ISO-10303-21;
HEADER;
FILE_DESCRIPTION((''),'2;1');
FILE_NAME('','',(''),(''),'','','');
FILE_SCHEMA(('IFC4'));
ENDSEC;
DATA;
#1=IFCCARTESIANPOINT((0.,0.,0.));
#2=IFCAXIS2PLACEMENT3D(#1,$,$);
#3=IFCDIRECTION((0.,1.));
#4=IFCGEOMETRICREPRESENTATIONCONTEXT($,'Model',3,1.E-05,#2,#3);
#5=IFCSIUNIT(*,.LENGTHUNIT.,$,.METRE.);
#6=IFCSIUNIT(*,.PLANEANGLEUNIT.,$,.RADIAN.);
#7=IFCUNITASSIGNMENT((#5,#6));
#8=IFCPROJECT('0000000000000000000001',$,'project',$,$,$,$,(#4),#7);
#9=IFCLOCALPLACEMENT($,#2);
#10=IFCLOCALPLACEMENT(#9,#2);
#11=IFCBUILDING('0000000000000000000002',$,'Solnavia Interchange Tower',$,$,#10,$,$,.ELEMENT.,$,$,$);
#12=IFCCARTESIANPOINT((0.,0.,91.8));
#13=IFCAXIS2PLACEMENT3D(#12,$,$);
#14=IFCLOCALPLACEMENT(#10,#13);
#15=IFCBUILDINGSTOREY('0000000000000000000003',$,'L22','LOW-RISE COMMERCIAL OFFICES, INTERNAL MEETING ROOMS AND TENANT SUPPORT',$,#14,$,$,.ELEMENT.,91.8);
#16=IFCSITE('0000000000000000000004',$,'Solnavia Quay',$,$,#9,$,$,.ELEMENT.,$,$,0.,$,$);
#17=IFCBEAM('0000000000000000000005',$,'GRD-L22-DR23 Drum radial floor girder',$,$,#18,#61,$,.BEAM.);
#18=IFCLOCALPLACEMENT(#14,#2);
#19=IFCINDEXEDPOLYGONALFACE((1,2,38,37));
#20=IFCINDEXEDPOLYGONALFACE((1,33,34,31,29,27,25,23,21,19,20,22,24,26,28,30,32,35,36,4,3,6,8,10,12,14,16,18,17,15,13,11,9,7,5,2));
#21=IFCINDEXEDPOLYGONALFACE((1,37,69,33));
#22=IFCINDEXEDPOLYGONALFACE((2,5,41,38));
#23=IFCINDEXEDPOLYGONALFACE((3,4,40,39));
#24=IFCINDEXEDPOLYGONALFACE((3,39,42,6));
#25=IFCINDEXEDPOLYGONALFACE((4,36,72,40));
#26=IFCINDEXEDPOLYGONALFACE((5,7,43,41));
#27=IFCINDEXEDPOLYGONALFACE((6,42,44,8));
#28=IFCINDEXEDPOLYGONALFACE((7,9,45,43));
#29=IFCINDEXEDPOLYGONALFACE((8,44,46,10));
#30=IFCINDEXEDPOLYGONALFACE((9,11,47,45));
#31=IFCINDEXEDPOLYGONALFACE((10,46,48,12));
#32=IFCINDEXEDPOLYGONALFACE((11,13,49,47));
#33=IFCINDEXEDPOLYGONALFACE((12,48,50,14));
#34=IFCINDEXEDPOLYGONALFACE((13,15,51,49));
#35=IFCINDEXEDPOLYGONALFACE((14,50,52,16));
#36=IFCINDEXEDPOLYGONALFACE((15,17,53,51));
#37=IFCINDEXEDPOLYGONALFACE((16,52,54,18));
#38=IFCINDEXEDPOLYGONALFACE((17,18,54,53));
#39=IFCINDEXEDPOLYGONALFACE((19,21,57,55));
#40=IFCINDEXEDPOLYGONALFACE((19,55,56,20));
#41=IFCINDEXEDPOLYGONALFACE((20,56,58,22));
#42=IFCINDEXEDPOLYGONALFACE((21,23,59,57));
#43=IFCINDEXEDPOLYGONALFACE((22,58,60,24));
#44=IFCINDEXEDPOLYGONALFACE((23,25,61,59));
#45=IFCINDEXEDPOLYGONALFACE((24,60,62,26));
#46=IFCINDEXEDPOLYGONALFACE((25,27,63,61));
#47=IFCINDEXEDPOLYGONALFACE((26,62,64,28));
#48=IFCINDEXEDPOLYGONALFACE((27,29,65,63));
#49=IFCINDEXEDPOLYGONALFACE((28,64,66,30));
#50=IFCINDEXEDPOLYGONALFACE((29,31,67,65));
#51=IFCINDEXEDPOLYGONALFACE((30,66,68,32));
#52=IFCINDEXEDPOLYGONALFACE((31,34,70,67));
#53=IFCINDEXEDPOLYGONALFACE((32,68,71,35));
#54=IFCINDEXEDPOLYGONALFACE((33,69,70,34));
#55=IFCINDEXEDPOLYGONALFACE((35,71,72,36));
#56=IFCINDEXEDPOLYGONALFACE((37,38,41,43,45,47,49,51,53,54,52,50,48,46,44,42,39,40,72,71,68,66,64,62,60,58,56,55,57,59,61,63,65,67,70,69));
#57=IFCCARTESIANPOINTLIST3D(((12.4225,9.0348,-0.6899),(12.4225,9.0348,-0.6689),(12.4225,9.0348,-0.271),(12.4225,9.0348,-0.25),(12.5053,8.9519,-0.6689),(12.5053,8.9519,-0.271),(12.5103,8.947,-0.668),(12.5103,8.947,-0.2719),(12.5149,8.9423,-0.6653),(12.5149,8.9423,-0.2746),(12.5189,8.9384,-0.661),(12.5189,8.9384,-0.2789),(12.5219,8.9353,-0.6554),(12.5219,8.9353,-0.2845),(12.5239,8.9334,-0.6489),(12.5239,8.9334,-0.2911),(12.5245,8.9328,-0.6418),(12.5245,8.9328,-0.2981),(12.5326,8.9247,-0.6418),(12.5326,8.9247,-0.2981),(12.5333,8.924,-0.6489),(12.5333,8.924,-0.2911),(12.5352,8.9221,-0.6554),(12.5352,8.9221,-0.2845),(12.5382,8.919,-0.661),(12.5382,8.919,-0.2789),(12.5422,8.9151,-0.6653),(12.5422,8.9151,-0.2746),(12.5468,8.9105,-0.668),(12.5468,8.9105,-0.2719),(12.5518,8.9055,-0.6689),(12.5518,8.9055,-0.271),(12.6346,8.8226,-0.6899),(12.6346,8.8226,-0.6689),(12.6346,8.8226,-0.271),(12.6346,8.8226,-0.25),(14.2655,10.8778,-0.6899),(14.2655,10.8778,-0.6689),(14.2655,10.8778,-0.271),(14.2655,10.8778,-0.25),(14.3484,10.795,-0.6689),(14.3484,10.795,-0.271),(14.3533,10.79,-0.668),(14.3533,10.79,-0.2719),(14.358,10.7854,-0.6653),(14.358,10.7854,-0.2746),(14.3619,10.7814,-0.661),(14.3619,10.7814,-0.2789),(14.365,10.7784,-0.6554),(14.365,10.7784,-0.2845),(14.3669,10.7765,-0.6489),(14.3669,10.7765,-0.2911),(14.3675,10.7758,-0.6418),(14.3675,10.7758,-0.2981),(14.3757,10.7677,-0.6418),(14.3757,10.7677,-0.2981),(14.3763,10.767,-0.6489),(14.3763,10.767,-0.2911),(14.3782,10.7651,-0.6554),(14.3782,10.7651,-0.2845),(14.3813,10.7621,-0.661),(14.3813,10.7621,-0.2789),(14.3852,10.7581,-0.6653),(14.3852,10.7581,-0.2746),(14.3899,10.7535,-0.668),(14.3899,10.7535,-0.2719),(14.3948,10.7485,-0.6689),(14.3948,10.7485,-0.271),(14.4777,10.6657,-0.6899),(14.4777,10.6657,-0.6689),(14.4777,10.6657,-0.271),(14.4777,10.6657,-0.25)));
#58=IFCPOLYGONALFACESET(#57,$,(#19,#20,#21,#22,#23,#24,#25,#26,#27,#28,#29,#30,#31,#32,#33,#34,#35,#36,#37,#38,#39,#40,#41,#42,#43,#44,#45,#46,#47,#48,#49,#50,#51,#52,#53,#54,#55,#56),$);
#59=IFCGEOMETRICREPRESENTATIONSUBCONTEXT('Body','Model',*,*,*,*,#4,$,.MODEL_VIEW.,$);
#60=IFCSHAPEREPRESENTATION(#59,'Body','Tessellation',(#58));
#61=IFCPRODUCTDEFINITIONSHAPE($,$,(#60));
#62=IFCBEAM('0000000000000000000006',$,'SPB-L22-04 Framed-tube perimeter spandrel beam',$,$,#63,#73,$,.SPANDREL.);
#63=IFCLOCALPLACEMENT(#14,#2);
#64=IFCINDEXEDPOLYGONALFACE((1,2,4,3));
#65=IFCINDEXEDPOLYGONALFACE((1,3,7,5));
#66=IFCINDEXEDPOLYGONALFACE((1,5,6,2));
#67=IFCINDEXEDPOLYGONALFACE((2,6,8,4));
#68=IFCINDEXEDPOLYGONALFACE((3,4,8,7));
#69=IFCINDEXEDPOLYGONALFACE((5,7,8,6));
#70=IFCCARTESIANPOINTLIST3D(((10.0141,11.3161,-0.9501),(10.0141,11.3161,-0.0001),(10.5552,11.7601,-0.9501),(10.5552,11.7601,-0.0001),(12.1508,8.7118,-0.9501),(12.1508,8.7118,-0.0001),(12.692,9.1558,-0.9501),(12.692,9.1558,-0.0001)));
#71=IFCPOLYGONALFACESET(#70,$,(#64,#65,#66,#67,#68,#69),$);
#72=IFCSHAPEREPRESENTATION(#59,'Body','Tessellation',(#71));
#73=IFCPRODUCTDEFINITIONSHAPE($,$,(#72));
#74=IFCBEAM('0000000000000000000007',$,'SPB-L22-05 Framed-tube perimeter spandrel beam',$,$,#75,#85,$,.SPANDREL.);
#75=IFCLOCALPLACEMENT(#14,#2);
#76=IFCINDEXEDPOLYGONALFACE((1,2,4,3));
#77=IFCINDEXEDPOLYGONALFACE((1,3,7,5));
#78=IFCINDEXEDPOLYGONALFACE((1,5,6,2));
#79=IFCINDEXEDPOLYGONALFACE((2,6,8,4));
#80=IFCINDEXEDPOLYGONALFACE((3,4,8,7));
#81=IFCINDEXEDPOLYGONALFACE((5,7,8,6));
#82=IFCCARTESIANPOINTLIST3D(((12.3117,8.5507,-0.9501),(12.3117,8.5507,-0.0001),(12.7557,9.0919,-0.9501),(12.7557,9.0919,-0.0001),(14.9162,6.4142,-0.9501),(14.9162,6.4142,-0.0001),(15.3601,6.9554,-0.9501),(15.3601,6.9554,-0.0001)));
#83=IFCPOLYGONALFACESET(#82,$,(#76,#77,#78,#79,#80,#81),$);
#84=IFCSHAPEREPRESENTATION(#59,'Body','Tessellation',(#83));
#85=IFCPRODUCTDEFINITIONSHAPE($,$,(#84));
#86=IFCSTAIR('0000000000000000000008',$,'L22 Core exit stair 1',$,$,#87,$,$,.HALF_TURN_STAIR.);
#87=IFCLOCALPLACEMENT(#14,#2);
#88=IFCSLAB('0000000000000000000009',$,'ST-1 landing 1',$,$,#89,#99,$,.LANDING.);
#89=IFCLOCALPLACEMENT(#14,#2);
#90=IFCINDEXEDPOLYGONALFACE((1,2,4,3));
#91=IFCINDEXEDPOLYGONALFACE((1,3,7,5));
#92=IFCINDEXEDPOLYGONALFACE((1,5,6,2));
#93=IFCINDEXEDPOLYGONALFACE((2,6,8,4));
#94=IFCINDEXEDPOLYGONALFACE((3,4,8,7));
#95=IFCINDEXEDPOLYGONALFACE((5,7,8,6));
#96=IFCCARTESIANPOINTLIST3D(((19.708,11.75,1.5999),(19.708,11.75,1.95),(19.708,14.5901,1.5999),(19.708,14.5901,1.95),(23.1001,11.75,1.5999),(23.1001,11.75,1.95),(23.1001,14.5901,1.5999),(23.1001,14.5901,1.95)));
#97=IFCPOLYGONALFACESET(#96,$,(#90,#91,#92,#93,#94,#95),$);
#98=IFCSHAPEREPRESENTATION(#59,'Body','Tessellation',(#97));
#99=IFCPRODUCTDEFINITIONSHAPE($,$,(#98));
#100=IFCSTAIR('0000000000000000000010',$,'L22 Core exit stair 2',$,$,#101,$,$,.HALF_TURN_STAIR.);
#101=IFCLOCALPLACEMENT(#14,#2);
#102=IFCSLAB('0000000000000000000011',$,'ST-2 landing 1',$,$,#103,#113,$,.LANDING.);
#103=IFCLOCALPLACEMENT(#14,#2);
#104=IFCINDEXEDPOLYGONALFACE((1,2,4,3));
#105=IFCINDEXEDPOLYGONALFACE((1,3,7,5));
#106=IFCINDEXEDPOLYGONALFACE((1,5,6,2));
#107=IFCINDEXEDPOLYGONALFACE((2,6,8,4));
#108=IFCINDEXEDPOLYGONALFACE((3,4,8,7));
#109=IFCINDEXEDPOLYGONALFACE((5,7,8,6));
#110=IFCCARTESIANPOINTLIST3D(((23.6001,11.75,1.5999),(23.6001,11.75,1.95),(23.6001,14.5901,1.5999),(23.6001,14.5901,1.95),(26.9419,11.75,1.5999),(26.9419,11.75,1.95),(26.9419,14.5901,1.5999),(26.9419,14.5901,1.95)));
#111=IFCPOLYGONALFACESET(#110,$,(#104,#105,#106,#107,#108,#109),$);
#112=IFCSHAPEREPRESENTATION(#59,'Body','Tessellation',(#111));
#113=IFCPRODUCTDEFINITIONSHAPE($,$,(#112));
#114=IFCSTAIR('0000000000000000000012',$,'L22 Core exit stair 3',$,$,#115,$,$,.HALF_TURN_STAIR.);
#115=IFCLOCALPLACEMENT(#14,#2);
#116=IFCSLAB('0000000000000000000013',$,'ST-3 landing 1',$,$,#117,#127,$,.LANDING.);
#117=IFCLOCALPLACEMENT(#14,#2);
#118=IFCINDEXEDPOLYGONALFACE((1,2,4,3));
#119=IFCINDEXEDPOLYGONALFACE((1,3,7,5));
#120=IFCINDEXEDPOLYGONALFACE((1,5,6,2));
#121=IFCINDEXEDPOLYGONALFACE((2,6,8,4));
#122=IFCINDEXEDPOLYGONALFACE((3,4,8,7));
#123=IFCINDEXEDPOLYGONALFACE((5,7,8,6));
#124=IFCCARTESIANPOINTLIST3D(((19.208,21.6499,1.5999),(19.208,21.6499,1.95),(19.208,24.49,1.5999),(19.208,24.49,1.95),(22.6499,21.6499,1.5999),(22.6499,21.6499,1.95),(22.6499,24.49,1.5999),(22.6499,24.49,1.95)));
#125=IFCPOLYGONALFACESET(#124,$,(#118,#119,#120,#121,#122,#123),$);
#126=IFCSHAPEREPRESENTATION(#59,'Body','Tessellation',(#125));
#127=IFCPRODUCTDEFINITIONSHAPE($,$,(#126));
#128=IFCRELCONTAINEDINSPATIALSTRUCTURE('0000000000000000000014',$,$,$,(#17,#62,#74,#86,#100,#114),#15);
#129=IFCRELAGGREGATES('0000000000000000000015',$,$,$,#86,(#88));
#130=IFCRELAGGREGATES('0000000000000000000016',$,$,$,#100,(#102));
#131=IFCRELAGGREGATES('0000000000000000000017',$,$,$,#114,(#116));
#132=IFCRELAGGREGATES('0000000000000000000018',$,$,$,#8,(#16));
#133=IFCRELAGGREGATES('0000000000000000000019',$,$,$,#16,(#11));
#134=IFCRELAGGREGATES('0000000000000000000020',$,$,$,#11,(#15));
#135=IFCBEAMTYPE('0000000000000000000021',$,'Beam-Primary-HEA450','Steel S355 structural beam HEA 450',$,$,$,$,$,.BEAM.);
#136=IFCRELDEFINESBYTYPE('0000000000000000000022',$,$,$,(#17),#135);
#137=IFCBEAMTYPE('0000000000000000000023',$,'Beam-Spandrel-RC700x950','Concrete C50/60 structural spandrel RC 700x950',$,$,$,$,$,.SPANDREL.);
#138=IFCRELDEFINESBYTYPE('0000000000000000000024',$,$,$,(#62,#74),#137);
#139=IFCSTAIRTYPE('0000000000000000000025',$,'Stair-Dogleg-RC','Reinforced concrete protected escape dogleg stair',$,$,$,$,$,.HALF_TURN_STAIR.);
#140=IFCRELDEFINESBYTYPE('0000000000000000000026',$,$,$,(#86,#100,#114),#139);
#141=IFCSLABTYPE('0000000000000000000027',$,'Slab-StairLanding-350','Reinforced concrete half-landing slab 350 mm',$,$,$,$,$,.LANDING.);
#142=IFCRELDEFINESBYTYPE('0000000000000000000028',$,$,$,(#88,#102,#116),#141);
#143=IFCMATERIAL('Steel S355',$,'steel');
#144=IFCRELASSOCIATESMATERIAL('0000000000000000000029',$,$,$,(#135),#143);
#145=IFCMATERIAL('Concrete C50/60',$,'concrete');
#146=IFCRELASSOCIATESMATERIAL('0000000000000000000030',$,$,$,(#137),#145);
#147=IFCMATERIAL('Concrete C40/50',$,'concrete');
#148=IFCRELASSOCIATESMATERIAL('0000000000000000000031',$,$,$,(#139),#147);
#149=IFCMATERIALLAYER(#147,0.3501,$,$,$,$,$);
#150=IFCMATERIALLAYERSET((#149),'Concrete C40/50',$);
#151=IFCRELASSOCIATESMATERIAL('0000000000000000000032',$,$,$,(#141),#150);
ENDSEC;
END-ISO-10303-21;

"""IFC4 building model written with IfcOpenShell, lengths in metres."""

from ifc_helpers import new_model, si_unit, direction, frame, origin, origin_2d, place, context, subcontext, project, spatial, polyline, rectangle, i_section, outline, extrude, material, layer, layer_set, material_profile, profile_set, type_object, element, aggregate, save


model = new_model("IFC4")

# Units and contexts
model_context = context("Model", 3, precision=1e-05, world=origin(), true_north=direction((0.0, 1.0)))
body_context = subcontext(model_context, "Body", "Model", "MODEL_VIEW")
ifc_project = project(units=[si_unit("LENGTHUNIT", "METRE"), si_unit("PLANEANGLEUNIT", "RADIAN")], contexts=[model_context])

# Site, building, storey
site_placement = place(None, origin())
site = spatial("IfcSite", under=ifc_project, at=site_placement, Name="Solnavia Quay", CompositionType="ELEMENT", RefElevation=0.0)
building_placement = place(site_placement, origin())
building = spatial("IfcBuilding", under=site, at=building_placement, Name="Solnavia Interchange Tower", CompositionType="ELEMENT")
storey_placement = place(building_placement, frame((0.0, 0.0, 91.8)))
storey = spatial("IfcBuildingStorey", under=building, at=storey_placement, Name="L22", Description="LOW-RISE COMMERCIAL OFFICES, INTERNAL MEETING ROOMS AND TENANT SUPPORT", CompositionType="ELEMENT", Elevation=91.8)

# Shared definitions
ifc_material_1 = material(Name="Steel S355", Category="steel")

# Beams
ifc_material_profile_1 = material_profile(ifc_material_1, i_section(OverallWidth=0.3, OverallDepth=0.4399, WebThickness=0.0115, FlangeThickness=0.021, FilletRadius=0.0271, at=origin_2d()), Name="HEA 450")
ifc_profile_set_1 = profile_set([ifc_material_profile_1], Name="Steel S355")
beam_type_1 = type_object("IfcBeamType", Name="Beam-Primary-HEA450", Description="Steel S355 structural beam HEA 450", PredefinedType="BEAM", material=ifc_profile_set_1)
beam_1_placement = place(storey_placement, frame((12.5286, 8.9287, -0.47), z_axis=(0.707107, 0.707107, 0.0), x_axis=(-0.707107, 0.707107, 0.0)))
element("IfcBeam", 1, at=beam_1_placement, inside=storey, type_object=beam_type_1, Name="GRD-L22-DR23 Drum radial floor girder", PredefinedType="BEAM", context=body_context, shape_type="SweptSolid", body=[
    extrude(i_section(OverallWidth=0.3, OverallDepth=0.4399, WebThickness=0.0115, FlangeThickness=0.021, FilletRadius=0.0271, at=origin_2d()), origin(), (0.0, 0.0, 1.0), 2.6064),
])
ifc_material_2 = material(Name="Concrete C50/60", Category="concrete")
ifc_material_profile_2 = material_profile(ifc_material_2, rectangle(XDim=0.7, YDim=0.95, at=origin_2d()), Name="RC 700x950")
ifc_profile_set_2 = profile_set([ifc_material_profile_2], Name="Concrete C50/60")
beam_type_2 = type_object("IfcBeamType", Name="Beam-Spandrel-RC700x950", Description="Concrete C50/60 structural spandrel RC 700x950", PredefinedType="SPANDREL", material=ifc_profile_set_2)
for number, where, z_axis, x_axis, name in (
    (2, (10.2847, 11.5381, -0.4751), (0.634299, -0.773088, 0.0), (0.773088, 0.634299, 0.0), "SPB-L22-04 Framed-tube perimeter spandrel beam"),
    (3, (12.5337, 8.8213, -0.4751), (0.773153, -0.63422, 0.0), (0.63422, 0.773153, 0.0), "SPB-L22-05 Framed-tube perimeter spandrel beam"),
):
    element("IfcBeam", number, at=place(storey_placement, frame(where, z_axis=z_axis, x_axis=x_axis)), inside=storey, type_object=beam_type_2, Name=name, PredefinedType="SPANDREL", context=body_context, shape_type="SweptSolid", body=[
        extrude(rectangle(XDim=0.7, YDim=0.95, at=origin_2d()), origin(), (0.0, 0.0, 1.0), 3.3687),
    ])

# Stairs, slabs
ifc_material_3 = material(Name="Concrete C40/50", Category="concrete")
stair_type = type_object("IfcStairType", Name="Stair-Dogleg-RC", Description="Reinforced concrete protected escape dogleg stair", PredefinedType="HALF_TURN_STAIR", material=ifc_material_3)
stair_1_placement = place(storey_placement, origin())
stair_1 = element("IfcStair", 4, at=stair_1_placement, inside=storey, type_object=stair_type, Name="L22 Core exit stair 1", PredefinedType="HALF_TURN_STAIR")
ifc_layer_1 = layer(ifc_material_3, 0.3501)
ifc_layer_set_1 = layer_set([ifc_layer_1], Name="Concrete C40/50")
slab_type_1 = type_object("IfcSlabType", Name="Slab-StairLanding-350", Description="Reinforced concrete half-landing slab 350 mm", PredefinedType="LANDING", material=ifc_layer_set_1)
slab_1_placement = place(storey_placement, frame((0.0, 0.0, 1.5999)))
slab_1 = element("IfcSlab", 5, at=slab_1_placement, type_object=slab_type_1, Name="ST-1 landing 1", PredefinedType="LANDING", context=body_context, shape_type="SweptSolid", body=[
    extrude(outline(polyline([(19.708, 11.75), (23.1001, 11.75), (23.1001, 14.5901), (19.708, 14.5901), (19.708, 11.75)])), origin(), (0.0, 0.0, 1.0), 0.3501),
])
aggregate(stair_1, [slab_1])
stair_2_placement = place(storey_placement, origin())
stair_2 = element("IfcStair", 6, at=stair_2_placement, inside=storey, type_object=stair_type, Name="L22 Core exit stair 2", PredefinedType="HALF_TURN_STAIR")
slab_2_placement = place(storey_placement, frame((0.0, 0.0, 1.5999)))
slab_2 = element("IfcSlab", 7, at=slab_2_placement, type_object=slab_type_1, Name="ST-2 landing 1", PredefinedType="LANDING", context=body_context, shape_type="SweptSolid", body=[
    extrude(outline(polyline([(23.6001, 11.75), (26.9419, 11.75), (26.9419, 14.5901), (23.6001, 14.5901), (23.6001, 11.75)])), origin(), (0.0, 0.0, 1.0), 0.3501),
])
aggregate(stair_2, [slab_2])
stair_3_placement = place(storey_placement, origin())
stair_3 = element("IfcStair", 8, at=stair_3_placement, inside=storey, type_object=stair_type, Name="L22 Core exit stair 3", PredefinedType="HALF_TURN_STAIR")
slab_3_placement = place(storey_placement, frame((0.0, 0.0, 1.5999)))
slab_3 = element("IfcSlab", 9, at=slab_3_placement, type_object=slab_type_1, Name="ST-3 landing 1", PredefinedType="LANDING", context=body_context, shape_type="SweptSolid", body=[
    extrude(outline(polyline([(19.208, 21.6499), (22.6499, 21.6499), (22.6499, 24.49), (19.208, 24.49), (19.208, 21.6499)])), origin(), (0.0, 0.0, 1.0), 0.3501),
])
aggregate(stair_3, [slab_3])

save(model, "model.ifc")
